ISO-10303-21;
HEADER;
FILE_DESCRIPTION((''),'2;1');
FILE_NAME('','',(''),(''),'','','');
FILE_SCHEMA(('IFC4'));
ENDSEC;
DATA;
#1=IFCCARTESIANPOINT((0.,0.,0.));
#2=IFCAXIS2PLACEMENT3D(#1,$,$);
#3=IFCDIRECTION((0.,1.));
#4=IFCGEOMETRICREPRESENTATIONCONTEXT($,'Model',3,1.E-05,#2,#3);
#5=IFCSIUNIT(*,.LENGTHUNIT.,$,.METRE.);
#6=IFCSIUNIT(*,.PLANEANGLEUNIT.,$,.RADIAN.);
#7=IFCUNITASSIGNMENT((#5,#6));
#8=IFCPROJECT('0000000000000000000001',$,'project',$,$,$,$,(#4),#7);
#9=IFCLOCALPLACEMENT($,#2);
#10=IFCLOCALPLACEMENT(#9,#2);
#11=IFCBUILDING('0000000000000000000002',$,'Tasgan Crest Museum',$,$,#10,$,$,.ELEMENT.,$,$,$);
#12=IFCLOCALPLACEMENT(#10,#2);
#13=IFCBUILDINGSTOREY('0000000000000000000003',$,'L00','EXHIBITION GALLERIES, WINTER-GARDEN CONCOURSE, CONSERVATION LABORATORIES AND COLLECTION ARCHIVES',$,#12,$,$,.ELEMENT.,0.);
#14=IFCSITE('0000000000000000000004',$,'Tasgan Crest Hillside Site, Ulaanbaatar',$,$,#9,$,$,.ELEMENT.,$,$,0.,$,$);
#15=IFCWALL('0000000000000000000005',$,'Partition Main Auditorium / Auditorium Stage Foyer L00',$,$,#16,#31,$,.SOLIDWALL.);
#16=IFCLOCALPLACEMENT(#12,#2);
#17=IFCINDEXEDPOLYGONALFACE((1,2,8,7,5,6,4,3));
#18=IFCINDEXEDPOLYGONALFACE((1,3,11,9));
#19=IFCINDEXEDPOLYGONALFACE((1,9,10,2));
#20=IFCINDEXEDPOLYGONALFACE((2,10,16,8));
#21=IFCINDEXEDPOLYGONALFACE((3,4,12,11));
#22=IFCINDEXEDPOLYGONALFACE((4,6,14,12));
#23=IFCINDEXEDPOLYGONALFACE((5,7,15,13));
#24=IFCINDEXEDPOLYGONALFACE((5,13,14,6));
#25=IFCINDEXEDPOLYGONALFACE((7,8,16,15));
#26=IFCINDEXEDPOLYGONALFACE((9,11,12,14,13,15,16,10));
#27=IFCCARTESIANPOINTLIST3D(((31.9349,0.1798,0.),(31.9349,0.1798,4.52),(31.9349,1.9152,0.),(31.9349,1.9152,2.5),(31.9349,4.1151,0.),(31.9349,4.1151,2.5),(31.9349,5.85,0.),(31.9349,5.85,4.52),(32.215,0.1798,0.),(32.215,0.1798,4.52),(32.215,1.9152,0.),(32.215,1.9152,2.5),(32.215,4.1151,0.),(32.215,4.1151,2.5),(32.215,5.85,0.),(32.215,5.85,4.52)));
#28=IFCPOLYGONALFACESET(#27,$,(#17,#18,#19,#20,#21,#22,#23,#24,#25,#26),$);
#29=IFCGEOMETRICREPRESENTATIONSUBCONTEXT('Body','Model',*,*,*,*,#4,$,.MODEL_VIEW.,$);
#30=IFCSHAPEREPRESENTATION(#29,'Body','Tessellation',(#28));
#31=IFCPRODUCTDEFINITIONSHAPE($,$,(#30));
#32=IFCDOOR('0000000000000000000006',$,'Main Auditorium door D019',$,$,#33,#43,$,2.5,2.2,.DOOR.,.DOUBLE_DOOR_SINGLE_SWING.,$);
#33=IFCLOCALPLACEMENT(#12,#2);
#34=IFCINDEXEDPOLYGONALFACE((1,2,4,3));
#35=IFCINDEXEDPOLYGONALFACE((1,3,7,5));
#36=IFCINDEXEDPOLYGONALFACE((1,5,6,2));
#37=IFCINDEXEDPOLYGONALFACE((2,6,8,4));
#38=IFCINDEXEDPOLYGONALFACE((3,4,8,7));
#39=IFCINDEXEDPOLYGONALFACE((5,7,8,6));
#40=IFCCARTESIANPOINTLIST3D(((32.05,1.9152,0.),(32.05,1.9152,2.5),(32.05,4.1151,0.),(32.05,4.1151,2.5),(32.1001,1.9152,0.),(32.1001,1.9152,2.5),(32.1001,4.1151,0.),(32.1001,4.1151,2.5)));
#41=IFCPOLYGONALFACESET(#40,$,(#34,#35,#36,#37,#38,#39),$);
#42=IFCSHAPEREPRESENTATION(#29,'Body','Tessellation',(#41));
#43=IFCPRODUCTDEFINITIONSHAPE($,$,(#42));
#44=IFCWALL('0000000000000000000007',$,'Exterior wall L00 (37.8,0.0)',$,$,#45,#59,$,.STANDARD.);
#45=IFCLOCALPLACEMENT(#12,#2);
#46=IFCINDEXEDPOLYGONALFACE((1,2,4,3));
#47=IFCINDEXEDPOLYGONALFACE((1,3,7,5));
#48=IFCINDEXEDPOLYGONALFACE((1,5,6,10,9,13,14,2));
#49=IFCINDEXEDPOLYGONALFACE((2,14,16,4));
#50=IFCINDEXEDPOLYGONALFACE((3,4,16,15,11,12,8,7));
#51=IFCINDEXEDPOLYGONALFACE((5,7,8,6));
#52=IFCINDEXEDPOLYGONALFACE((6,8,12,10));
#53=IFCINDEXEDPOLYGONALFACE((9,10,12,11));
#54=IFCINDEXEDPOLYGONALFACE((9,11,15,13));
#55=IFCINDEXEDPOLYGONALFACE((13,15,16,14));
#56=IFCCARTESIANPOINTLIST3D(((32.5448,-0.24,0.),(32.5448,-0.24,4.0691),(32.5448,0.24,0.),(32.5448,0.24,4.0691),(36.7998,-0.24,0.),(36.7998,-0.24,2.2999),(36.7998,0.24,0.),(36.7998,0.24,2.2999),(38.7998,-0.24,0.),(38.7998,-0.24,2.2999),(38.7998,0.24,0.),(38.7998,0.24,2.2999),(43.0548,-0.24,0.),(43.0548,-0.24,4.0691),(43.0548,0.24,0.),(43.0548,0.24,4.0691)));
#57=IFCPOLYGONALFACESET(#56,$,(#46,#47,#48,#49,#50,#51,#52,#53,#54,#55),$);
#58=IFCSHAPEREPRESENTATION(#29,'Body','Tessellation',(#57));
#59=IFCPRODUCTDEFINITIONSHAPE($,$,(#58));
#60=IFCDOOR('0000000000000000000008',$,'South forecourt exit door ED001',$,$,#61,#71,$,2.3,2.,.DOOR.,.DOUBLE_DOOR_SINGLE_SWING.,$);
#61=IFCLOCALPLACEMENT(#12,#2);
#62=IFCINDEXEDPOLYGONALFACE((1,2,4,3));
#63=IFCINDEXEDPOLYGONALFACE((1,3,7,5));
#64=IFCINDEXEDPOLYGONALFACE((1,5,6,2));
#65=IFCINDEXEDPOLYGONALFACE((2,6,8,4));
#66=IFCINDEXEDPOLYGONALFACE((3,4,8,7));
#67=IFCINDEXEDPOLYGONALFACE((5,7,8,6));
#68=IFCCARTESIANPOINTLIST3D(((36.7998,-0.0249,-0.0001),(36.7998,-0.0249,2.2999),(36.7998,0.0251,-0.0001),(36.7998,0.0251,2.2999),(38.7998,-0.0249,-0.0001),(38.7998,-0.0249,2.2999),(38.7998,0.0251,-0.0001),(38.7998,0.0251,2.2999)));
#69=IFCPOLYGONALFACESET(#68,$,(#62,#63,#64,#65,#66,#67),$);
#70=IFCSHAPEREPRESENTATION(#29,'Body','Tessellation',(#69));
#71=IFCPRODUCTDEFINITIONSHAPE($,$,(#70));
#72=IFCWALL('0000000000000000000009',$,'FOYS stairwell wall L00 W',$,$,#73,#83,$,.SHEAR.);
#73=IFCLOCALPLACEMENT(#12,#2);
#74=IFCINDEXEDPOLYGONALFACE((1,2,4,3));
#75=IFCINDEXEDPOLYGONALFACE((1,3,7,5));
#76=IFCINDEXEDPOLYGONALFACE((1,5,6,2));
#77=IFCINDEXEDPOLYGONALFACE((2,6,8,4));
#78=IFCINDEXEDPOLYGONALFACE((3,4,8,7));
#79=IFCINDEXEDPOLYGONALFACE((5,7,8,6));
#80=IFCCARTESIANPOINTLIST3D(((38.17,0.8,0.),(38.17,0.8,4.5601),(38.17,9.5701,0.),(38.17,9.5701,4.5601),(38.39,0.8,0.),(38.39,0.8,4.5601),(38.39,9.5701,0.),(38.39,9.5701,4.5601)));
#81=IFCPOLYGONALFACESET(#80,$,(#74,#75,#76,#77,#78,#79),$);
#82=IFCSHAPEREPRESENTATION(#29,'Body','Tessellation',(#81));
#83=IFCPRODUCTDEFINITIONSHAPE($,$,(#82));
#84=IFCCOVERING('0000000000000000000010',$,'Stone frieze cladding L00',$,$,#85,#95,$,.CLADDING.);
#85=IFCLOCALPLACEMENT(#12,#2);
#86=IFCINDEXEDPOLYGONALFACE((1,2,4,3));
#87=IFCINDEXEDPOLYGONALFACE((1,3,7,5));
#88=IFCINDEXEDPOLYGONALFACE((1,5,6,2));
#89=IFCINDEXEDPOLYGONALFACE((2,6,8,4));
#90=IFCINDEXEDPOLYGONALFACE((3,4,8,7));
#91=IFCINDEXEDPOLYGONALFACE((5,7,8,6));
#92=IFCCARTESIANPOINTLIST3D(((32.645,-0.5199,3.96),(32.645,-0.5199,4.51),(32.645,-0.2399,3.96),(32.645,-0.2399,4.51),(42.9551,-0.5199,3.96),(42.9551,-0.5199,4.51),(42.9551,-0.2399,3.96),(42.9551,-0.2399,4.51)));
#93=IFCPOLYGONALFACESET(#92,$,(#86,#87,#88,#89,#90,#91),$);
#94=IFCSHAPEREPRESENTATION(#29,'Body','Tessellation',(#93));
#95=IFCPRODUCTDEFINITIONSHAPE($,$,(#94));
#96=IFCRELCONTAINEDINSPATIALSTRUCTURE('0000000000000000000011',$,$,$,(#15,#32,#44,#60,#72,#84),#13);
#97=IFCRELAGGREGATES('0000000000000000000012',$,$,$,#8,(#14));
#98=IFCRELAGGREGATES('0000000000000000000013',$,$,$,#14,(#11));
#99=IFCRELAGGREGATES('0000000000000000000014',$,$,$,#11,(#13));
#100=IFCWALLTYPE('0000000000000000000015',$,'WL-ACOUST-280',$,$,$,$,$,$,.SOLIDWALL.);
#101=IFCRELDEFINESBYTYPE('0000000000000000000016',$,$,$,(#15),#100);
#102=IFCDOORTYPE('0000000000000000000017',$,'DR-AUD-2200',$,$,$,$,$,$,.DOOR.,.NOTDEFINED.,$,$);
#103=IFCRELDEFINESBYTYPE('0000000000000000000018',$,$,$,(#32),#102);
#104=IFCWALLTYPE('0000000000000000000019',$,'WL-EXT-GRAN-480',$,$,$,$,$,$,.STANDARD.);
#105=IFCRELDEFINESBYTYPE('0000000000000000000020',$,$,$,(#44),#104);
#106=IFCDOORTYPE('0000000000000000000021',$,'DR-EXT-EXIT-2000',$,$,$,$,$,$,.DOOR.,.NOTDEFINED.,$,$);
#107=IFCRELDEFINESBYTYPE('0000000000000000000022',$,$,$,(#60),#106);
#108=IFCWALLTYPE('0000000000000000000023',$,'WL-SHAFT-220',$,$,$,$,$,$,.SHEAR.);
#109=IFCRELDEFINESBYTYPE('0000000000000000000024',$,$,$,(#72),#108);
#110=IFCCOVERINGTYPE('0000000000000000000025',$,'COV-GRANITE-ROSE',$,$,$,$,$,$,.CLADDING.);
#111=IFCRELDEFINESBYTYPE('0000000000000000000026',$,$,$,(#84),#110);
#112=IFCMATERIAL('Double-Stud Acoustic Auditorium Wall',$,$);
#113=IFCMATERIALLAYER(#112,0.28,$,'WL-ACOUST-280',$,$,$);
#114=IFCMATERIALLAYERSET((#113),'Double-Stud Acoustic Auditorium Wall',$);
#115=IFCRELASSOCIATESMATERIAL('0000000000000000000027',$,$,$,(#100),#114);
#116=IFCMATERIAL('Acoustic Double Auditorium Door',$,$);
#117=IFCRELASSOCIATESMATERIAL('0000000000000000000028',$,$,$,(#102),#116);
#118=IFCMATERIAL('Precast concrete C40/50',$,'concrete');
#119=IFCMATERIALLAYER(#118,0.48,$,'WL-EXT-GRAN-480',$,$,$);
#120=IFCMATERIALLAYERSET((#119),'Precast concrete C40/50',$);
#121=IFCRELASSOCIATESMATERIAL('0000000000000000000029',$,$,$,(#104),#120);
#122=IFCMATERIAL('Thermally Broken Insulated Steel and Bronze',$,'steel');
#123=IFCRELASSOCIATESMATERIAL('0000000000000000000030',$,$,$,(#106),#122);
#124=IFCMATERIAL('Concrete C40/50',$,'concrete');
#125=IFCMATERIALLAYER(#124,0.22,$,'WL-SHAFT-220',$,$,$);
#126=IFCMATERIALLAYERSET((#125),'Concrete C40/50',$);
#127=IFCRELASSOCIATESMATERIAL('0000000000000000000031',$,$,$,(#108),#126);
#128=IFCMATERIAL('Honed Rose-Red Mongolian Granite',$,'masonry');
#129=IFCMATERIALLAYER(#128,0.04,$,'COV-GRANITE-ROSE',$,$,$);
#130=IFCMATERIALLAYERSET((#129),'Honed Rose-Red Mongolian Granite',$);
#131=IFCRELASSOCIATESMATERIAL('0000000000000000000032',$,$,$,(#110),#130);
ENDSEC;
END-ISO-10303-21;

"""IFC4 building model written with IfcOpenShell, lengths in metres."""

from ifc_helpers import new_model, si_unit, direction, frame, frame_2d, origin, origin_2d, place, context, subcontext, project, spatial, rectangle, extrude, material, layer, layer_set, type_object, element, fill, save


model = new_model("IFC4")

# Units and contexts
model_context = context("Model", 3, precision=1e-05, world=origin(), true_north=direction((0.0, 1.0)))
body_context = subcontext(model_context, "Body", "Model", "MODEL_VIEW")
ifc_project = project(units=[si_unit("LENGTHUNIT", "METRE"), si_unit("PLANEANGLEUNIT", "RADIAN")], contexts=[model_context])

# Site, building, storey
site_placement = place(None, origin())
site = spatial("IfcSite", under=ifc_project, at=site_placement, Name="Tasgan Crest Hillside Site, Ulaanbaatar", CompositionType="ELEMENT", RefElevation=0.0)
building_placement = place(site_placement, origin())
building = spatial("IfcBuilding", under=site, at=building_placement, Name="Tasgan Crest Museum", CompositionType="ELEMENT")
storey_placement = place(building_placement, origin())
storey = spatial("IfcBuildingStorey", under=building, at=storey_placement, Name="L00", Description="EXHIBITION GALLERIES, WINTER-GARDEN CONCOURSE, CONSERVATION LABORATORIES AND COLLECTION ARCHIVES", CompositionType="ELEMENT", Elevation=0.0)

# Walls, openings, doors
ifc_material_1 = material(Name="Double-Stud Acoustic Auditorium Wall")
ifc_layer_1 = layer(ifc_material_1, 0.28, Name="WL-ACOUST-280")
ifc_layer_set_1 = layer_set([ifc_layer_1], Name="Double-Stud Acoustic Auditorium Wall")
wall_type_1 = type_object("IfcWallType", Name="WL-ACOUST-280", PredefinedType="SOLIDWALL", material=ifc_layer_set_1)
wall_1_placement = place(storey_placement, frame((32.075, 0.1799, 0.0), z_axis=(0.0, 0.0, 1.0), x_axis=(0.0, 1.0, 0.0)))
wall_1 = element("IfcWall", 1, at=wall_1_placement, inside=storey, type_object=wall_type_1, Name="Partition Main Auditorium / Auditorium Stage Foyer L00", PredefinedType="SOLIDWALL", context=body_context, shape_type="SweptSolid", body=[
    extrude(rectangle(XDim=5.6702, YDim=0.28, at=frame_2d((2.835, 0.0))), origin(), (0.0, 0.0, 1.0), 4.52),
])
opening_1_placement = place(wall_1_placement, frame((1.7351, 0.0, 0.0)))
opening_1 = element("IfcOpeningElement", 2, at=opening_1_placement, cuts=wall_1, PredefinedType="OPENING", context=body_context, shape_type="SweptSolid", body=[
    extrude(rectangle(XDim=2.2, YDim=2.5, at=frame_2d((1.1001, 1.25))), frame((0.0, 0.1499, 0.0), z_axis=(0.0, -1.0, 0.0), x_axis=(1.0, 0.0, 0.0)), (0.0, 0.0, 1.0), 0.3),
])
ifc_material_2 = material(Name="Acoustic Double Auditorium Door")
door_type_1 = type_object("IfcDoorType", Name="DR-AUD-2200", OperationType="NOTDEFINED", PredefinedType="DOOR", material=ifc_material_2)
door_1_placement = place(opening_1_placement, origin())
door_1 = element("IfcDoor", 3, at=door_1_placement, inside=storey, type_object=door_type_1, Name="Main Auditorium door D019", OperationType="DOUBLE_DOOR_SINGLE_SWING", OverallHeight=2.5, OverallWidth=2.2, PredefinedType="DOOR", context=body_context, shape_type="SweptSolid", body=[
    extrude(rectangle(XDim=2.2, YDim=2.5, at=frame_2d((1.1001, 1.25))), frame((0.0, 0.0249, 0.0), z_axis=(0.0, -1.0, 0.0), x_axis=(1.0, 0.0, 0.0)), (0.0, 0.0, 1.0), 0.05),
])
fill(opening_1, door_1)
ifc_material_3 = material(Name="Precast concrete C40/50", Category="concrete")
ifc_layer_2 = layer(ifc_material_3, 0.48, Name="WL-EXT-GRAN-480")
ifc_layer_set_2 = layer_set([ifc_layer_2], Name="Precast concrete C40/50")
wall_type_2 = type_object("IfcWallType", Name="WL-EXT-GRAN-480", PredefinedType="STANDARD", material=ifc_layer_set_2)
wall_2_placement = place(storey_placement, frame((32.5449, 0.0, 0.0), z_axis=(0.0, 0.0, 1.0), x_axis=(1.0, 0.0, 0.0)))
wall_2 = element("IfcWall", 4, at=wall_2_placement, inside=storey, type_object=wall_type_2, Name="Exterior wall L00 (37.8,0.0)", PredefinedType="STANDARD", context=body_context, shape_type="SweptSolid", body=[
    extrude(rectangle(XDim=10.51, YDim=0.48, at=frame_2d((5.2549, 0.0))), origin(), (0.0, 0.0, 1.0), 4.0691),
])
opening_2_placement = place(wall_2_placement, frame((4.2549, 0.0, 0.0)))
opening_2 = element("IfcOpeningElement", 5, at=opening_2_placement, cuts=wall_2, PredefinedType="OPENING", context=body_context, shape_type="SweptSolid", body=[
    extrude(rectangle(XDim=2.0, YDim=2.3, at=frame_2d((1.0, 1.1499))), frame((0.0, 0.25, 0.0), z_axis=(0.0, -1.0, 0.0), x_axis=(1.0, 0.0, 0.0)), (0.0, 0.0, 1.0), 0.5),
])
ifc_material_4 = material(Name="Thermally Broken Insulated Steel and Bronze", Category="steel")
door_type_2 = type_object("IfcDoorType", Name="DR-EXT-EXIT-2000", OperationType="NOTDEFINED", PredefinedType="DOOR", material=ifc_material_4)
door_2_placement = place(opening_2_placement, frame((2.0, 0.0, 0.0), z_axis=(0.0, 0.0, 1.0), x_axis=(-1.0, 0.0, 0.0)))
door_2 = element("IfcDoor", 6, at=door_2_placement, inside=storey, type_object=door_type_2, Name="South forecourt exit door ED001", OperationType="DOUBLE_DOOR_SINGLE_SWING", OverallHeight=2.3, OverallWidth=2.0, PredefinedType="DOOR", context=body_context, shape_type="SweptSolid", body=[
    extrude(rectangle(XDim=2.0, YDim=2.3, at=frame_2d((1.0, 1.1499))), frame((0.0, 0.0249, 0.0), z_axis=(0.0, -1.0, 0.0), x_axis=(1.0, 0.0, 0.0)), (0.0, 0.0, 1.0), 0.05),
])
fill(opening_2, door_2)

# Wall
ifc_material_5 = material(Name="Concrete C40/50", Category="concrete")
ifc_layer_3 = layer(ifc_material_5, 0.22, Name="WL-SHAFT-220")
ifc_layer_set_3 = layer_set([ifc_layer_3], Name="Concrete C40/50")
wall_type_3 = type_object("IfcWallType", Name="WL-SHAFT-220", PredefinedType="SHEAR", material=ifc_layer_set_3)
wall_3_placement = place(storey_placement, frame((38.28, 0.8, 0.0), z_axis=(0.0, 0.0, 1.0), x_axis=(0.0, 1.0, 0.0)))
element("IfcWall", 7, at=wall_3_placement, inside=storey, type_object=wall_type_3, Name="FOYS stairwell wall L00 W", PredefinedType="SHEAR", context=body_context, shape_type="SweptSolid", body=[
    extrude(rectangle(XDim=8.77, YDim=0.22, at=frame_2d((4.385, 0.0))), origin(), (0.0, 0.0, 1.0), 4.5601),
])

# Covering
ifc_material_6 = material(Name="Honed Rose-Red Mongolian Granite", Category="masonry")
ifc_layer_4 = layer(ifc_material_6, 0.04, Name="COV-GRANITE-ROSE")
ifc_layer_set_4 = layer_set([ifc_layer_4], Name="Honed Rose-Red Mongolian Granite")
covering_type = type_object("IfcCoveringType", Name="COV-GRANITE-ROSE", PredefinedType="CLADDING", material=ifc_layer_set_4)
covering_placement = place(storey_placement, frame((37.8, -0.3799, 3.96), z_axis=(0.0, 0.0, 1.0), x_axis=(1.0, 0.0, 0.0)))
element("IfcCovering", 8, at=covering_placement, inside=storey, type_object=covering_type, Name="Stone frieze cladding L00", PredefinedType="CLADDING", context=body_context, shape_type="SweptSolid", body=[
    extrude(rectangle(XDim=10.3101, YDim=0.28, at=origin_2d()), origin(), (0.0, 0.0, 1.0), 0.55),
])

save(model, "model.ifc")
